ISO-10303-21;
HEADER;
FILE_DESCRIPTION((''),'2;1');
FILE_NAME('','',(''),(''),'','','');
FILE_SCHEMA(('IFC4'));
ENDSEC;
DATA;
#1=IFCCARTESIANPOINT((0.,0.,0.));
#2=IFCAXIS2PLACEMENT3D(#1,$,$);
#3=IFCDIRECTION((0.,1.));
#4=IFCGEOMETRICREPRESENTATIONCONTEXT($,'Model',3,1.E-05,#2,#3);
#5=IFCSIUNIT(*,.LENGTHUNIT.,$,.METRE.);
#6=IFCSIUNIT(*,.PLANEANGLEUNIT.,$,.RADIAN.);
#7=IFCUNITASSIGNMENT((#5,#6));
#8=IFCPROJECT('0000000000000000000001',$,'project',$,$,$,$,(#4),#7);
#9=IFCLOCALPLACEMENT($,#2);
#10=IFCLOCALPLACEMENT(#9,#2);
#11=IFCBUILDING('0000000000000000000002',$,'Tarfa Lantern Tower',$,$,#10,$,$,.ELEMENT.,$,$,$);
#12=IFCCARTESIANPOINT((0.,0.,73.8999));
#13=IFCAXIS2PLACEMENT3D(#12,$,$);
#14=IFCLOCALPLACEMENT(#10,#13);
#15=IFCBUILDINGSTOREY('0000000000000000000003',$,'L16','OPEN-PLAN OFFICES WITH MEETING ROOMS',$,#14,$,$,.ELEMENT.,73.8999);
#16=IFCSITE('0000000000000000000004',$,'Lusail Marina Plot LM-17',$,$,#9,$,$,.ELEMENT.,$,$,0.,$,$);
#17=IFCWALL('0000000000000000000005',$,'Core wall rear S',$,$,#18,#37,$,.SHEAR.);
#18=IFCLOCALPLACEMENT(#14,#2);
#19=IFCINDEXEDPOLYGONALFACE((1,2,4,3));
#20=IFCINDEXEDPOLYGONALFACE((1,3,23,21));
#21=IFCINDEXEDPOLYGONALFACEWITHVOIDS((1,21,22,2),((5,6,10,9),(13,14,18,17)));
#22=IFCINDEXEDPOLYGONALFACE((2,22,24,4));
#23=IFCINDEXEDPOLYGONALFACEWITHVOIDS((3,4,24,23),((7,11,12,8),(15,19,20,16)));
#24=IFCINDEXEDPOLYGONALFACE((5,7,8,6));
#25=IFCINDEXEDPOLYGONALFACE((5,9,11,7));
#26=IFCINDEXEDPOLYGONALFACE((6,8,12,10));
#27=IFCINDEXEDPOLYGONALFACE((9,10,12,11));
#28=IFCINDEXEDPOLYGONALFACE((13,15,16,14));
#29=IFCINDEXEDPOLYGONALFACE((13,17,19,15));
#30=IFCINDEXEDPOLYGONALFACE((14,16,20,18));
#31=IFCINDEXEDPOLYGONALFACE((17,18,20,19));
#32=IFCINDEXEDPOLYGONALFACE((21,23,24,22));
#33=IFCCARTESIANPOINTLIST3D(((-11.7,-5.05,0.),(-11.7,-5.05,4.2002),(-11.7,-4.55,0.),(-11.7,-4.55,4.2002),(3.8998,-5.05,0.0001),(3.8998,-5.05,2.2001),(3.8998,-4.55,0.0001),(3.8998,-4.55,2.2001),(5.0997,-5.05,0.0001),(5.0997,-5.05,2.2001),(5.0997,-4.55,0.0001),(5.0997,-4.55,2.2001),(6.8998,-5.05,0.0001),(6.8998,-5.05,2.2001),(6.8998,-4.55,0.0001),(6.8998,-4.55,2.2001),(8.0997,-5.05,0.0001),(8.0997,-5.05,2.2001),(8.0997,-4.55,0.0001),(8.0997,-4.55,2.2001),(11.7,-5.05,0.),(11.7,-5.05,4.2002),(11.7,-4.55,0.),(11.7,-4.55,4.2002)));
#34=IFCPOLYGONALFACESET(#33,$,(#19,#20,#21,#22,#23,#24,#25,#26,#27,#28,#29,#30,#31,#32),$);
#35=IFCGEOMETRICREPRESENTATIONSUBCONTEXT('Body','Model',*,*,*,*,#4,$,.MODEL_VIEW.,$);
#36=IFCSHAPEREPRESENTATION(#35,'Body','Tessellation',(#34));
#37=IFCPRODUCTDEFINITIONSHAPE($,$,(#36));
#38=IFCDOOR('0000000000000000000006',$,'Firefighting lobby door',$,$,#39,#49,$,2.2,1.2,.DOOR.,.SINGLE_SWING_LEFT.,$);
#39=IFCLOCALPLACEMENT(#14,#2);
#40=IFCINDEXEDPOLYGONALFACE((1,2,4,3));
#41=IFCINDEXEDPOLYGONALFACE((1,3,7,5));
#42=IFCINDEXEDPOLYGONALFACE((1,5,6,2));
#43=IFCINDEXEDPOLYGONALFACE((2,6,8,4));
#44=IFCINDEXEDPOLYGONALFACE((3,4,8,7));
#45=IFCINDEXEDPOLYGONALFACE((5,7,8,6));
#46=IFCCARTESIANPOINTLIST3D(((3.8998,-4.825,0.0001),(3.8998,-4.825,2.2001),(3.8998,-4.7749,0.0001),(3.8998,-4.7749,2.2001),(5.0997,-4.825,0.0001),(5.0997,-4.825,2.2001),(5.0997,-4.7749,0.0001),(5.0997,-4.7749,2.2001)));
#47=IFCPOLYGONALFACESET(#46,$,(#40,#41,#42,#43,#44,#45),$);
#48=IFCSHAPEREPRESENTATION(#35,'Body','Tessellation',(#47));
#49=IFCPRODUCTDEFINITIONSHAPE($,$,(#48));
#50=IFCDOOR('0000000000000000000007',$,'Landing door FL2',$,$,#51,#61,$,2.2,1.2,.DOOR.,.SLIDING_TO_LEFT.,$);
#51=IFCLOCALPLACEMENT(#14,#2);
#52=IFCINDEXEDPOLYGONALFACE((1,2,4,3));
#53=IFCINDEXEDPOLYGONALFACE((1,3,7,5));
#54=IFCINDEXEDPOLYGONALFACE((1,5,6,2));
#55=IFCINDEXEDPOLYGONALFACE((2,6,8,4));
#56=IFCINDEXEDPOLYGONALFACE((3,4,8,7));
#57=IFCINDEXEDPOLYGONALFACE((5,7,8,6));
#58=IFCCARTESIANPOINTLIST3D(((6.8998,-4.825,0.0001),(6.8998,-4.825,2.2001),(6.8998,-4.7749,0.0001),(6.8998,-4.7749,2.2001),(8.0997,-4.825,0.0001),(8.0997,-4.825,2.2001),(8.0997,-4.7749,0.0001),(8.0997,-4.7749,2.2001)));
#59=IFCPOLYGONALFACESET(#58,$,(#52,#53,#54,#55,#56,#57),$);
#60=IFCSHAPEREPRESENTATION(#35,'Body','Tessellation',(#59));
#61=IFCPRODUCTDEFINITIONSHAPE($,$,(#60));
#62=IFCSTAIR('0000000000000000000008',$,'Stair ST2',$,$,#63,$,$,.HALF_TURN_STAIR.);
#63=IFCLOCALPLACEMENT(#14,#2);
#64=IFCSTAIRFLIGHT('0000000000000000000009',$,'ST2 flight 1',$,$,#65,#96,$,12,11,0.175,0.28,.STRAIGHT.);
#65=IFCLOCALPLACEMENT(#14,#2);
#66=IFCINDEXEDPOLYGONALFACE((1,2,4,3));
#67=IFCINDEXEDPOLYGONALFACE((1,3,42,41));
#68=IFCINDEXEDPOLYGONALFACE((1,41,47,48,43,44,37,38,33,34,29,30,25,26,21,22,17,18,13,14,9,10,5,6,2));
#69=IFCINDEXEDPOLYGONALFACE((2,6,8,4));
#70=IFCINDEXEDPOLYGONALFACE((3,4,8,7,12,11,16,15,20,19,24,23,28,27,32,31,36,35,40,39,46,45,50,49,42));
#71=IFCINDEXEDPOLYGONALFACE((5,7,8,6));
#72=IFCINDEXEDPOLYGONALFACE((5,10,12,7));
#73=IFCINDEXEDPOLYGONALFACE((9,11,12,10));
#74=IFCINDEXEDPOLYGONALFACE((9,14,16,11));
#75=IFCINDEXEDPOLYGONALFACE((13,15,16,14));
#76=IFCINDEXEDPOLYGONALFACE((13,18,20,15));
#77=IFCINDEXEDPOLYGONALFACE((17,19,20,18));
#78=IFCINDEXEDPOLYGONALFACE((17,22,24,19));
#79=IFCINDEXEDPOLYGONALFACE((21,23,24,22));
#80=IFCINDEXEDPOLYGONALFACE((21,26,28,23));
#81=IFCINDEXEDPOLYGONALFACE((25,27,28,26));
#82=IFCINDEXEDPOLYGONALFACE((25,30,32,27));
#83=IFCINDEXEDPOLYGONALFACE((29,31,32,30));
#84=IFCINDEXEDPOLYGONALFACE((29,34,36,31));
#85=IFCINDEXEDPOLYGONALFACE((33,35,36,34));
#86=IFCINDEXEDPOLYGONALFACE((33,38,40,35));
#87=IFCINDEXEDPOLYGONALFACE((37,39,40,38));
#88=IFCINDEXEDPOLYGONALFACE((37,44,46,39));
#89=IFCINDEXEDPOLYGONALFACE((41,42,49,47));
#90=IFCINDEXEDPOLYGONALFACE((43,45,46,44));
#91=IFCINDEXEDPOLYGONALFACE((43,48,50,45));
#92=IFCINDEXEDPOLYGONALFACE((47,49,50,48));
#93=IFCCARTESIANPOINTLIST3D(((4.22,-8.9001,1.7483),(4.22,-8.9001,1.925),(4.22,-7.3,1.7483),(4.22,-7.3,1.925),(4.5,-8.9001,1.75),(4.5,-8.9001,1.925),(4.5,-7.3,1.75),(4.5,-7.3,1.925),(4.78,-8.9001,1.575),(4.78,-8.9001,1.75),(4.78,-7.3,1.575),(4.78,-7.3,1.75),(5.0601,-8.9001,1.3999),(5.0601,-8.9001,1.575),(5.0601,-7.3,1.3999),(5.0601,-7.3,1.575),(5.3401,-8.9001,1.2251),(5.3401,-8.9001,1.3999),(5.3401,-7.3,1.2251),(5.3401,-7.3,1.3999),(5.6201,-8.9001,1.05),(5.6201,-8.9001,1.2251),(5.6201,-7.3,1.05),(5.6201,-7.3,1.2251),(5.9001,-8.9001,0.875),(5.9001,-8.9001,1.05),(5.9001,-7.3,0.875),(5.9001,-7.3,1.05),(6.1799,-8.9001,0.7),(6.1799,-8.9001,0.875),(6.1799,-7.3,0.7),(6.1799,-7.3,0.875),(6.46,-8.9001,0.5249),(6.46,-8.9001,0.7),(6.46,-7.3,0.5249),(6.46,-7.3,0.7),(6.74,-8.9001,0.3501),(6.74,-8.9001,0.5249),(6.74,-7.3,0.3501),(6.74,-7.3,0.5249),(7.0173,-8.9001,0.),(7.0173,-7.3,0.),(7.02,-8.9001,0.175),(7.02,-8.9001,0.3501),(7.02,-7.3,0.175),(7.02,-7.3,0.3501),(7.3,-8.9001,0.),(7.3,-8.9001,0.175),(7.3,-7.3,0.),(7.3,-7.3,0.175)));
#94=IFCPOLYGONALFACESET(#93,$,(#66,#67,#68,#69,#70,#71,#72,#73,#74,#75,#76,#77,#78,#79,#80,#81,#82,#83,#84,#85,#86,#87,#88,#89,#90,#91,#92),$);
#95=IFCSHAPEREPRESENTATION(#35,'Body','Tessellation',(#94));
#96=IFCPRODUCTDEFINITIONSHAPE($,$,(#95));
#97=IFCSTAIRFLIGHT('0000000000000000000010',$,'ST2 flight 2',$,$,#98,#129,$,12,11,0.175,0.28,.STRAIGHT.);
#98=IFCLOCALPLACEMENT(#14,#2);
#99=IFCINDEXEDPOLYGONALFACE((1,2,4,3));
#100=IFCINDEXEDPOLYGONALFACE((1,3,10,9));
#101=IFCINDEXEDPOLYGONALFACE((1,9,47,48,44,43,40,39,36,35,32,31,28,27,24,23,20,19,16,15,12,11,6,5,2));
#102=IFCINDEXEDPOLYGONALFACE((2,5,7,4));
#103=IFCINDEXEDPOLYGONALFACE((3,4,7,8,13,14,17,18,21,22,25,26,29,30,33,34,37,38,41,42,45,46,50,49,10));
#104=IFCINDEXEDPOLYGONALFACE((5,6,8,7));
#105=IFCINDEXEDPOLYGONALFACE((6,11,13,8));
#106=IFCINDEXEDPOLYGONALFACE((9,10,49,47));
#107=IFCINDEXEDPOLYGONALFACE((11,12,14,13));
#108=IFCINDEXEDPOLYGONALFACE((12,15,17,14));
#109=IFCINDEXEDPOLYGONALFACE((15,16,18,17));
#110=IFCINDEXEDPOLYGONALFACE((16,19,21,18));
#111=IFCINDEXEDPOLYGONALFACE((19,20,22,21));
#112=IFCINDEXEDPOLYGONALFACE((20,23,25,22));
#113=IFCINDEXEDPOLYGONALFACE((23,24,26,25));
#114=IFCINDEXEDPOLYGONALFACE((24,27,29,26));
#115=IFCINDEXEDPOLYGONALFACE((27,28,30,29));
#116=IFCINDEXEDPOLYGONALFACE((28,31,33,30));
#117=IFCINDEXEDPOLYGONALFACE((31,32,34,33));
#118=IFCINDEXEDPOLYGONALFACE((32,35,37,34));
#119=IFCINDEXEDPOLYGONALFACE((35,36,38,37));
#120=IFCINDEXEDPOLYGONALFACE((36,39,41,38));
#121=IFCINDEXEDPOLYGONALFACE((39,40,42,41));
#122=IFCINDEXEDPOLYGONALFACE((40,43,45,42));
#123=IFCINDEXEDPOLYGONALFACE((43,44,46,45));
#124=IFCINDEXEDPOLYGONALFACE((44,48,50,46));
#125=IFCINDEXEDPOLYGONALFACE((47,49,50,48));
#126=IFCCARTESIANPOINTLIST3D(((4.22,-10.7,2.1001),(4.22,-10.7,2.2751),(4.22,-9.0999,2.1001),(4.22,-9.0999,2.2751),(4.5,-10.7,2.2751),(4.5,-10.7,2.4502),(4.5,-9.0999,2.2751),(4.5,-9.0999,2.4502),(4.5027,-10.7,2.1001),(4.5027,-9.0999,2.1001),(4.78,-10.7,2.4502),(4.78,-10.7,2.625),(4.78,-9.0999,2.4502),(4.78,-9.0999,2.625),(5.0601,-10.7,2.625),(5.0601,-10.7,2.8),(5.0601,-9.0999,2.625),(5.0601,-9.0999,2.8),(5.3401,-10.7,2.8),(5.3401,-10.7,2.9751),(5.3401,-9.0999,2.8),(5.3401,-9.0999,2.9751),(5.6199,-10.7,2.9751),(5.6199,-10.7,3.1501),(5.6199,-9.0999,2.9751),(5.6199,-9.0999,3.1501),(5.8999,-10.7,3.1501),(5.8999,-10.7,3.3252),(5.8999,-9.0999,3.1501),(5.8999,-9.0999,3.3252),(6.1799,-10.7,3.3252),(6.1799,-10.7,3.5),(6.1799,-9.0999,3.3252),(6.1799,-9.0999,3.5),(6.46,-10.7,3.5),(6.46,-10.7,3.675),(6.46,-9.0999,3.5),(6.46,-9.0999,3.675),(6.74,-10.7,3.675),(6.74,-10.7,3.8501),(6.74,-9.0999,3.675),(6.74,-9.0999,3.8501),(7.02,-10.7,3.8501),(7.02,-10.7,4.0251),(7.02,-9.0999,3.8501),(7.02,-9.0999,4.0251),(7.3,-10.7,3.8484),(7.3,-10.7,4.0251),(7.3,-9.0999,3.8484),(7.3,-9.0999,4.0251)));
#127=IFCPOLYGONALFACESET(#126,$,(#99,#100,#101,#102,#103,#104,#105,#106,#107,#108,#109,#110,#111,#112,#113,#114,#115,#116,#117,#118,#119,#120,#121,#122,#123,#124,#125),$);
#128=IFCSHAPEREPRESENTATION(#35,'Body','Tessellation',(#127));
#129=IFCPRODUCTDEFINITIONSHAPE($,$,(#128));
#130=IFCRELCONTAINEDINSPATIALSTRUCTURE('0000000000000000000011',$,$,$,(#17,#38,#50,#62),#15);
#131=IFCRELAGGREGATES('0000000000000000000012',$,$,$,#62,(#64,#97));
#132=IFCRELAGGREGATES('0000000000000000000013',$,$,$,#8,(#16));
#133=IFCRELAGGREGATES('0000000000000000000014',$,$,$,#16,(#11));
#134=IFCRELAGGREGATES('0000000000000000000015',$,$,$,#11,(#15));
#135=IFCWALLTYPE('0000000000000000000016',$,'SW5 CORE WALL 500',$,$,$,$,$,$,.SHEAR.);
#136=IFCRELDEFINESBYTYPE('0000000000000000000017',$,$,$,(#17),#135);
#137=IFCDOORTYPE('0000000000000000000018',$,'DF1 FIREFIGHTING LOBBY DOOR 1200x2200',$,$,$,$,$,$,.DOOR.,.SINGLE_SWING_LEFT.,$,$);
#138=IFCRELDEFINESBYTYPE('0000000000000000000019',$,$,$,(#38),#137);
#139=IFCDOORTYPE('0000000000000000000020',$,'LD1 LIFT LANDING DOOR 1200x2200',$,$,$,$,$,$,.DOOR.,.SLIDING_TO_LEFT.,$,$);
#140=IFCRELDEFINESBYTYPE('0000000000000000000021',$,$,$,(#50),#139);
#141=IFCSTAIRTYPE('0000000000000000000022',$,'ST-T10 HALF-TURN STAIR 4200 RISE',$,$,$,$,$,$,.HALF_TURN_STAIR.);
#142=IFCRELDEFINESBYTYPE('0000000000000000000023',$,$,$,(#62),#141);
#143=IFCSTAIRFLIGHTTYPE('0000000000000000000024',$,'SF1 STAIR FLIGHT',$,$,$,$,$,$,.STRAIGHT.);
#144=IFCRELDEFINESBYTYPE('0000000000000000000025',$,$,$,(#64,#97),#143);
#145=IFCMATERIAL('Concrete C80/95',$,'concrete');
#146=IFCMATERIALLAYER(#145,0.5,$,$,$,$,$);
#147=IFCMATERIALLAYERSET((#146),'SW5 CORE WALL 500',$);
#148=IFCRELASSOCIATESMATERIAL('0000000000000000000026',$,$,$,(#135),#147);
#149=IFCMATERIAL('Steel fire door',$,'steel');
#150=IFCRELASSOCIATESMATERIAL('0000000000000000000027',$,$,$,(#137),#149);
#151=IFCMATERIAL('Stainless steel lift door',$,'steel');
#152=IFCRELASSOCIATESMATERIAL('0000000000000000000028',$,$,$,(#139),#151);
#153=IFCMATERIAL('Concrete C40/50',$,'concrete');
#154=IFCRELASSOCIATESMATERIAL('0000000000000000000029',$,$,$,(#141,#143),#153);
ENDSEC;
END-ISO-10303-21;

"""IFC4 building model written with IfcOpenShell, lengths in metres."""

from ifc_helpers import new_model, si_unit, direction, frame, frame_2d, origin, place, context, subcontext, project, spatial, polyline, rectangle, outline, extrude, material, layer, layer_set, type_object, element, fill, aggregate, save


model = new_model("IFC4")

# Units and contexts
model_context = context("Model", 3, precision=1e-05, world=origin(), true_north=direction((0.0, 1.0)))
body_context = subcontext(model_context, "Body", "Model", "MODEL_VIEW")
ifc_project = project(units=[si_unit("LENGTHUNIT", "METRE"), si_unit("PLANEANGLEUNIT", "RADIAN")], contexts=[model_context])

# Site, building, storey
site_placement = place(None, origin())
site = spatial("IfcSite", under=ifc_project, at=site_placement, Name="Lusail Marina Plot LM-17", CompositionType="ELEMENT", RefElevation=0.0)
building_placement = place(site_placement, origin())
building = spatial("IfcBuilding", under=site, at=building_placement, Name="Tarfa Lantern Tower", CompositionType="ELEMENT")
storey_placement = place(building_placement, frame((0.0, 0.0, 73.8999)))
storey = spatial("IfcBuildingStorey", under=building, at=storey_placement, Name="L16", Description="OPEN-PLAN OFFICES WITH MEETING ROOMS", CompositionType="ELEMENT", Elevation=73.8999)

# Shared definitions
ifc_material_1 = material(Name="Concrete C80/95", Category="concrete")

# Shared definitions
ifc_material_2 = material(Name="Steel fire door", Category="steel")

# Wall, openings, doors
ifc_layer_1 = layer(ifc_material_1, 0.5)
ifc_layer_set_1 = layer_set([ifc_layer_1], Name="SW5 CORE WALL 500")
wall_type_1 = type_object("IfcWallType", Name="SW5 CORE WALL 500", PredefinedType="SHEAR", material=ifc_layer_set_1)
wall_1_placement = place(storey_placement, frame((11.7, -4.8, 0.0), z_axis=(0.0, 0.0, 1.0), x_axis=(-1.0, 0.0, 0.0)))
wall_1 = element("IfcWall", 1, at=wall_1_placement, inside=storey, type_object=wall_type_1, Name="Core wall rear S", PredefinedType="SHEAR", context=body_context, shape_type="SweptSolid", body=[
    extrude(rectangle(XDim=23.3999, YDim=0.5, at=frame_2d((11.7, 0.0))), origin(), (0.0, 0.0, 1.0), 4.2002),
])
opening_1_placement = place(wall_1_placement, frame((6.6001, 0.0, 0.0)))
opening_1 = element("IfcOpeningElement", 2, at=opening_1_placement, cuts=wall_1, PredefinedType="OPENING", context=body_context, shape_type="SweptSolid", body=[
    extrude(rectangle(XDim=1.2, YDim=2.2, at=frame_2d((0.6001, 1.1001))), frame((0.0, 0.26, 0.0), z_axis=(0.0, -1.0, 0.0), x_axis=(1.0, 0.0, 0.0)), (0.0, 0.0, 1.0), 0.52),
])
opening_2_placement = place(wall_1_placement, frame((3.6001, 0.0, 0.0)))
opening_2 = element("IfcOpeningElement", 3, at=opening_2_placement, cuts=wall_1, PredefinedType="OPENING", context=body_context, shape_type="SweptSolid", body=[
    extrude(rectangle(XDim=1.2, YDim=2.2, at=frame_2d((0.6001, 1.1001))), frame((0.0, 0.26, 0.0), z_axis=(0.0, -1.0, 0.0), x_axis=(1.0, 0.0, 0.0)), (0.0, 0.0, 1.0), 0.52),
])
door_type_1 = type_object("IfcDoorType", Name="DF1 FIREFIGHTING LOBBY DOOR 1200x2200", OperationType="SINGLE_SWING_LEFT", PredefinedType="DOOR", material=ifc_material_2)
door_1_placement = place(opening_1_placement, origin())
door_1 = element("IfcDoor", 4, at=door_1_placement, inside=storey, type_object=door_type_1, Name="Firefighting lobby door", OperationType="SINGLE_SWING_LEFT", OverallHeight=2.2, OverallWidth=1.2, PredefinedType="DOOR", context=body_context, shape_type="SweptSolid", body=[
    extrude(rectangle(XDim=1.2, YDim=2.2, at=frame_2d((0.6001, 1.1001))), frame((0.0, 0.0249, 0.0), z_axis=(0.0, -1.0, 0.0), x_axis=(1.0, 0.0, 0.0)), (0.0, 0.0, 1.0), 0.05),
])
fill(opening_1, door_1)
ifc_material_3 = material(Name="Stainless steel lift door", Category="steel")
door_type_2 = type_object("IfcDoorType", Name="LD1 LIFT LANDING DOOR 1200x2200", OperationType="SLIDING_TO_LEFT", PredefinedType="DOOR", material=ifc_material_3)
door_2_placement = place(opening_2_placement, origin())
door_2 = element("IfcDoor", 5, at=door_2_placement, inside=storey, type_object=door_type_2, Name="Landing door FL2", OperationType="SLIDING_TO_LEFT", OverallHeight=2.2, OverallWidth=1.2, PredefinedType="DOOR", context=body_context, shape_type="SweptSolid", body=[
    extrude(rectangle(XDim=1.2, YDim=2.2, at=frame_2d((0.6001, 1.1001))), frame((0.0, 0.0249, 0.0), z_axis=(0.0, -1.0, 0.0), x_axis=(1.0, 0.0, 0.0)), (0.0, 0.0, 1.0), 0.05),
])
fill(opening_2, door_2)

# Stair, stair flights
ifc_material_4 = material(Name="Concrete C40/50", Category="concrete")
stair_type = type_object("IfcStairType", Name="ST-T10 HALF-TURN STAIR 4200 RISE", PredefinedType="HALF_TURN_STAIR", material=ifc_material_4)
stair_placement = place(storey_placement, origin())
stair = element("IfcStair", 6, at=stair_placement, inside=storey, type_object=stair_type, Name="Stair ST2", PredefinedType="HALF_TURN_STAIR")
stair_flight_type = type_object("IfcStairFlightType", Name="SF1 STAIR FLIGHT", PredefinedType="STRAIGHT", material=ifc_material_4)
stair_flight_1_placement = place(storey_placement, frame((7.3, -8.1001, 0.0), z_axis=(0.0, 0.0, 1.0), x_axis=(-1.0, 0.0, 0.0)))
stair_flight_1 = element("IfcStairFlight", 7, at=stair_flight_1_placement, type_object=stair_flight_type, Name="ST2 flight 1", NumberOfRisers=12, NumberOfTreads=11, PredefinedType="STRAIGHT", RiserHeight=0.175, TreadLength=0.28, context=body_context, shape_type="SweptSolid", body=[
    extrude(outline(polyline([(0.0, 0.0), (0.0, 0.175), (0.28, 0.175), (0.28, 0.3501), (0.5601, 0.3501), (0.5601, 0.5249), (0.8401, 0.5249), (0.8401, 0.7), (1.1201, 0.7), (1.1201, 0.875), (1.3999, 0.875), (1.3999, 1.05), (1.6799, 1.05), (1.6799, 1.2251), (1.96, 1.2251), (1.96, 1.3999), (2.24, 1.3999), (2.24, 1.575), (2.52, 1.575), (2.52, 1.75), (2.8, 1.75), (2.8, 1.925), (3.0801, 1.925), (3.0801, 2.1001), (3.0801, 1.7483), (0.2827, 0.0), (0.0, 0.0)])), frame((0.0, 0.8, 0.0), z_axis=(0.0, -1.0, 0.0), x_axis=(1.0, 0.0, 0.0)), (0.0, 0.0, 1.0), 1.6001),
])
stair_flight_2_placement = place(storey_placement, frame((4.22, -9.8999, 2.1001), z_axis=(0.0, 0.0, 1.0), x_axis=(1.0, 0.0, 0.0)))
stair_flight_2 = element("IfcStairFlight", 8, at=stair_flight_2_placement, type_object=stair_flight_type, Name="ST2 flight 2", NumberOfRisers=12, NumberOfTreads=11, PredefinedType="STRAIGHT", RiserHeight=0.175, TreadLength=0.28, context=body_context, shape_type="SweptSolid", body=[
    extrude(outline(polyline([(0.0, 0.0), (0.0, 0.175), (0.28, 0.175), (0.28, 0.3501), (0.5601, 0.3501), (0.5601, 0.5249), (0.8401, 0.5249), (0.8401, 0.7), (1.1201, 0.7), (1.1201, 0.875), (1.3999, 0.875), (1.3999, 1.05), (1.6799, 1.05), (1.6799, 1.2251), (1.96, 1.2251), (1.96, 1.3999), (2.24, 1.3999), (2.24, 1.575), (2.52, 1.575), (2.52, 1.75), (2.8, 1.75), (2.8, 1.925), (3.0801, 1.925), (3.0801, 2.1001), (3.0801, 1.7483), (0.2827, 0.0), (0.0, 0.0)])), frame((0.0, 0.8, 0.0), z_axis=(0.0, -1.0, 0.0), x_axis=(1.0, 0.0, 0.0)), (0.0, 0.0, 1.0), 1.6001),
])
aggregate(stair, [stair_flight_1, stair_flight_2])

save(model, "model.ifc")
